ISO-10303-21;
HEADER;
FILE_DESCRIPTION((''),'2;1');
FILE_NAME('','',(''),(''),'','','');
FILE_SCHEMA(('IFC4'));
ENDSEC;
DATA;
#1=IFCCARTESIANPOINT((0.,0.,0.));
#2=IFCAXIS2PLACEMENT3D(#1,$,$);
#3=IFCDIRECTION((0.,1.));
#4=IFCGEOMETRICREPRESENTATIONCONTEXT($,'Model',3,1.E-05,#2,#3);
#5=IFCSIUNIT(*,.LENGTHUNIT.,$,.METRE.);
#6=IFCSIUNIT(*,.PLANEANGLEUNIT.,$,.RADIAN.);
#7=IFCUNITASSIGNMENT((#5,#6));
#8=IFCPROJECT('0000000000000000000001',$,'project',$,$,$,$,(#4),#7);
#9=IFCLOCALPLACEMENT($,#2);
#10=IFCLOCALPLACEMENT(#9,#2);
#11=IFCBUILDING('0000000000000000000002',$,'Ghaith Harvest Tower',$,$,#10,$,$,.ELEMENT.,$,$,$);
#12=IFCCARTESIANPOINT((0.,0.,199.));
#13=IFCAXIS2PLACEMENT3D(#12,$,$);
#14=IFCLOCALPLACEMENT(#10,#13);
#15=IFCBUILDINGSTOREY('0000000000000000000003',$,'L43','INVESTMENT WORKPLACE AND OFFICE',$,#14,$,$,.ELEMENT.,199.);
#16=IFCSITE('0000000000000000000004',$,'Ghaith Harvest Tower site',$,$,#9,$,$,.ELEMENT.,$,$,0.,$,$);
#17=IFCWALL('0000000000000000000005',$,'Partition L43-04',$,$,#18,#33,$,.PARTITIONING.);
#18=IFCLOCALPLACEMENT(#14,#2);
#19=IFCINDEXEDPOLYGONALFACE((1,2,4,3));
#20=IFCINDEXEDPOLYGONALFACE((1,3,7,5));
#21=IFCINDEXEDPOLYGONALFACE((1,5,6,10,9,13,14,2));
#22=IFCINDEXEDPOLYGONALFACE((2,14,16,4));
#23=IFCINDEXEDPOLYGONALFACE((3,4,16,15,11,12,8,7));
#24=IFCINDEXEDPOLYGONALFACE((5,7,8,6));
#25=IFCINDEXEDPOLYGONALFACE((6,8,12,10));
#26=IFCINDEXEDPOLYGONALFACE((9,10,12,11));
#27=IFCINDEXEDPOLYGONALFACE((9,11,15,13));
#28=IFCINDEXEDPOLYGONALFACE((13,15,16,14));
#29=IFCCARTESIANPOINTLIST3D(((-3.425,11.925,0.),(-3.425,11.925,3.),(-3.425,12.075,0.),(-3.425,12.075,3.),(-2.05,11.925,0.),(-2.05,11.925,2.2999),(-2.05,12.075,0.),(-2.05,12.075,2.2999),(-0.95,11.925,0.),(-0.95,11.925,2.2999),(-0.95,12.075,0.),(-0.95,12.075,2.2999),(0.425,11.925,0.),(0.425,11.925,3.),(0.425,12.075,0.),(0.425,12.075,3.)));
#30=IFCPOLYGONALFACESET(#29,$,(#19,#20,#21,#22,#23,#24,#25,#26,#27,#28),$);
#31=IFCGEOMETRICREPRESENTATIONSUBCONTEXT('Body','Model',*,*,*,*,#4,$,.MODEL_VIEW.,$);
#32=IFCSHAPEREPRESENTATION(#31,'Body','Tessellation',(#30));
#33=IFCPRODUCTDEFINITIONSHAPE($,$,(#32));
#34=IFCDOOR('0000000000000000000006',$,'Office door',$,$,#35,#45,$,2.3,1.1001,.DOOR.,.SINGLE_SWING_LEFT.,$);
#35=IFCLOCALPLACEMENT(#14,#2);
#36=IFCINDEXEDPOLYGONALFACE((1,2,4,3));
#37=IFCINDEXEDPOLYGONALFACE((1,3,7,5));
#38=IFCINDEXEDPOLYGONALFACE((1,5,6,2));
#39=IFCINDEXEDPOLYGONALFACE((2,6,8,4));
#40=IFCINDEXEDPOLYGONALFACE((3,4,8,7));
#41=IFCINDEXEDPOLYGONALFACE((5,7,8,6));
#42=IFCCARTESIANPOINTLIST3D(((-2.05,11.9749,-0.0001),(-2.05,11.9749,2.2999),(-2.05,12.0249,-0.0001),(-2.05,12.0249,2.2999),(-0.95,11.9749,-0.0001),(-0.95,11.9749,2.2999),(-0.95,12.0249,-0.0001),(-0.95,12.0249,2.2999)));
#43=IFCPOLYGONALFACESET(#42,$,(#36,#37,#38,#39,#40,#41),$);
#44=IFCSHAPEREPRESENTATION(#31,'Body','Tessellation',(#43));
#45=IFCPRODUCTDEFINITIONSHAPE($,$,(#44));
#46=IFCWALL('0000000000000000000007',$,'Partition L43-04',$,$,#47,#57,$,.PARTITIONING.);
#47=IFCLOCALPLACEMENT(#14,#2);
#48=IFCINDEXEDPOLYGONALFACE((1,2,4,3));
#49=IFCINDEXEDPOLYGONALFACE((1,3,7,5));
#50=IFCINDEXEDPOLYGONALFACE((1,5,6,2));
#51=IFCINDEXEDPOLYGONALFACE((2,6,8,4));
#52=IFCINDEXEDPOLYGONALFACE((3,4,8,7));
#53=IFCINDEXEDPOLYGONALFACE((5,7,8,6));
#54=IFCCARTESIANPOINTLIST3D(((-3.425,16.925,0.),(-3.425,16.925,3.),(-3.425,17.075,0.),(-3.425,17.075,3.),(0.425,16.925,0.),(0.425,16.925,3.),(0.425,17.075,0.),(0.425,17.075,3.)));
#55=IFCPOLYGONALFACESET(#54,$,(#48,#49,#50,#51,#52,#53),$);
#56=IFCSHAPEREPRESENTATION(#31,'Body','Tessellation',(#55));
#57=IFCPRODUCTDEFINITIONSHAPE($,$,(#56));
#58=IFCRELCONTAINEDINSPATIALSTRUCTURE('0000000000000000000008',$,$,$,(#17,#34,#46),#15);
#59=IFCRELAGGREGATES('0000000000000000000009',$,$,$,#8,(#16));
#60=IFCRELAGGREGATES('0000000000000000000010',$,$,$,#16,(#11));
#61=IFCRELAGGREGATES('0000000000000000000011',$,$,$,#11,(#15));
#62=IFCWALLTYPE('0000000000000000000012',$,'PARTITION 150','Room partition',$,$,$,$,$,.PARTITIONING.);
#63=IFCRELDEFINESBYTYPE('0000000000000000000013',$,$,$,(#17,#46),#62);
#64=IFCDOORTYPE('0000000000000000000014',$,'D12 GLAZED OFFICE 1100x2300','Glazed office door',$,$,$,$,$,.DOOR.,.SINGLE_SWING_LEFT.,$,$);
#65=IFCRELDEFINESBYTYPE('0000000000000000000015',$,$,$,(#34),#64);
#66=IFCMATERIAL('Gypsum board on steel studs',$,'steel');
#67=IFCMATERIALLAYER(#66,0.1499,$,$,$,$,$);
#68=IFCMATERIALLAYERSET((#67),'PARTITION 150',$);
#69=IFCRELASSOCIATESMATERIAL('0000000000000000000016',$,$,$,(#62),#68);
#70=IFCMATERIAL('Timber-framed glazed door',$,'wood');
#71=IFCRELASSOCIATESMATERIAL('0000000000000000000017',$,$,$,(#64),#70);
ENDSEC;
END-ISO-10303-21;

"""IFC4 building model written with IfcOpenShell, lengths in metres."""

from ifc_helpers import new_model, si_unit, direction, frame, frame_2d, origin, place, context, subcontext, project, spatial, rectangle, extrude, material, layer, layer_set, type_object, element, fill, save


model = new_model("IFC4")

# Units and contexts
model_context = context("Model", 3, precision=1e-05, world=origin(), true_north=direction((0.0, 1.0)))
body_context = subcontext(model_context, "Body", "Model", "MODEL_VIEW")
ifc_project = project(units=[si_unit("LENGTHUNIT", "METRE"), si_unit("PLANEANGLEUNIT", "RADIAN")], contexts=[model_context])

# Site, building, storey
site_placement = place(None, origin())
site = spatial("IfcSite", under=ifc_project, at=site_placement, Name="Ghaith Harvest Tower site", CompositionType="ELEMENT", RefElevation=0.0)
building_placement = place(site_placement, origin())
building = spatial("IfcBuilding", under=site, at=building_placement, Name="Ghaith Harvest Tower", CompositionType="ELEMENT")
storey_placement = place(building_placement, frame((0.0, 0.0, 199.0)))
storey = spatial("IfcBuildingStorey", under=building, at=storey_placement, Name="L43", Description="INVESTMENT WORKPLACE AND OFFICE", CompositionType="ELEMENT", Elevation=199.0)

# Shared definitions
ifc_material_1 = material(Name="Gypsum board on steel studs", Category="steel")
ifc_layer_1 = layer(ifc_material_1, 0.1499)
ifc_layer_set_1 = layer_set([ifc_layer_1], Name="PARTITION 150")
wall_type = type_object("IfcWallType", Name="PARTITION 150", Description="Room partition", PredefinedType="PARTITIONING", material=ifc_layer_set_1)

# Shared definitions
ifc_material_2 = material(Name="Timber-framed glazed door", Category="wood")
door_type = type_object("IfcDoorType", Name="D12 GLAZED OFFICE 1100x2300", Description="Glazed office door", OperationType="SINGLE_SWING_LEFT", PredefinedType="DOOR", material=ifc_material_2)

# Wall, opening, door
wall_1_placement = place(storey_placement, frame((-3.425, 12.0, 0.0), z_axis=(0.0, 0.0, 1.0), x_axis=(1.0, 0.0, 0.0)))
wall_1 = element("IfcWall", 1, at=wall_1_placement, inside=storey, type_object=wall_type, Name="Partition L43-04", PredefinedType="PARTITIONING", context=body_context, shape_type="SweptSolid", body=[
    extrude(rectangle(XDim=3.8501, YDim=0.1499, at=frame_2d((1.925, 0.0))), origin(), (0.0, 0.0, 1.0), 3.0),
])
opening_1_placement = place(wall_1_placement, frame((1.375, 0.0, 0.0)))
opening_1 = element("IfcOpeningElement", 2, at=opening_1_placement, cuts=wall_1, PredefinedType="OPENING", context=body_context, shape_type="SweptSolid", body=[
    extrude(rectangle(XDim=1.1001, YDim=2.3, at=frame_2d((0.55, 1.1499))), frame((0.0, 0.085, 0.0), z_axis=(0.0, -1.0, 0.0), x_axis=(1.0, 0.0, 0.0)), (0.0, 0.0, 1.0), 0.1699),
])
door_1_placement = place(opening_1_placement, origin())
door_1 = element("IfcDoor", 3, at=door_1_placement, inside=storey, type_object=door_type, Name="Office door", OperationType="SINGLE_SWING_LEFT", OverallHeight=2.3, OverallWidth=1.1001, PredefinedType="DOOR", context=body_context, shape_type="SweptSolid", body=[
    extrude(rectangle(XDim=1.1001, YDim=2.3, at=frame_2d((0.55, 1.1499))), frame((0.0, 0.0249, 0.0), z_axis=(0.0, -1.0, 0.0), x_axis=(1.0, 0.0, 0.0)), (0.0, 0.0, 1.0), 0.05),
])
fill(opening_1, door_1)

# Wall
wall_2_placement = place(storey_placement, frame((-3.425, 17.0, 0.0), z_axis=(0.0, 0.0, 1.0), x_axis=(1.0, 0.0, 0.0)))
element("IfcWall", 4, at=wall_2_placement, inside=storey, type_object=wall_type, Name="Partition L43-04", PredefinedType="PARTITIONING", context=body_context, shape_type="SweptSolid", body=[
    extrude(rectangle(XDim=3.8501, YDim=0.1499, at=frame_2d((1.925, 0.0))), origin(), (0.0, 0.0, 1.0), 3.0),
])

save(model, "model.ifc")
